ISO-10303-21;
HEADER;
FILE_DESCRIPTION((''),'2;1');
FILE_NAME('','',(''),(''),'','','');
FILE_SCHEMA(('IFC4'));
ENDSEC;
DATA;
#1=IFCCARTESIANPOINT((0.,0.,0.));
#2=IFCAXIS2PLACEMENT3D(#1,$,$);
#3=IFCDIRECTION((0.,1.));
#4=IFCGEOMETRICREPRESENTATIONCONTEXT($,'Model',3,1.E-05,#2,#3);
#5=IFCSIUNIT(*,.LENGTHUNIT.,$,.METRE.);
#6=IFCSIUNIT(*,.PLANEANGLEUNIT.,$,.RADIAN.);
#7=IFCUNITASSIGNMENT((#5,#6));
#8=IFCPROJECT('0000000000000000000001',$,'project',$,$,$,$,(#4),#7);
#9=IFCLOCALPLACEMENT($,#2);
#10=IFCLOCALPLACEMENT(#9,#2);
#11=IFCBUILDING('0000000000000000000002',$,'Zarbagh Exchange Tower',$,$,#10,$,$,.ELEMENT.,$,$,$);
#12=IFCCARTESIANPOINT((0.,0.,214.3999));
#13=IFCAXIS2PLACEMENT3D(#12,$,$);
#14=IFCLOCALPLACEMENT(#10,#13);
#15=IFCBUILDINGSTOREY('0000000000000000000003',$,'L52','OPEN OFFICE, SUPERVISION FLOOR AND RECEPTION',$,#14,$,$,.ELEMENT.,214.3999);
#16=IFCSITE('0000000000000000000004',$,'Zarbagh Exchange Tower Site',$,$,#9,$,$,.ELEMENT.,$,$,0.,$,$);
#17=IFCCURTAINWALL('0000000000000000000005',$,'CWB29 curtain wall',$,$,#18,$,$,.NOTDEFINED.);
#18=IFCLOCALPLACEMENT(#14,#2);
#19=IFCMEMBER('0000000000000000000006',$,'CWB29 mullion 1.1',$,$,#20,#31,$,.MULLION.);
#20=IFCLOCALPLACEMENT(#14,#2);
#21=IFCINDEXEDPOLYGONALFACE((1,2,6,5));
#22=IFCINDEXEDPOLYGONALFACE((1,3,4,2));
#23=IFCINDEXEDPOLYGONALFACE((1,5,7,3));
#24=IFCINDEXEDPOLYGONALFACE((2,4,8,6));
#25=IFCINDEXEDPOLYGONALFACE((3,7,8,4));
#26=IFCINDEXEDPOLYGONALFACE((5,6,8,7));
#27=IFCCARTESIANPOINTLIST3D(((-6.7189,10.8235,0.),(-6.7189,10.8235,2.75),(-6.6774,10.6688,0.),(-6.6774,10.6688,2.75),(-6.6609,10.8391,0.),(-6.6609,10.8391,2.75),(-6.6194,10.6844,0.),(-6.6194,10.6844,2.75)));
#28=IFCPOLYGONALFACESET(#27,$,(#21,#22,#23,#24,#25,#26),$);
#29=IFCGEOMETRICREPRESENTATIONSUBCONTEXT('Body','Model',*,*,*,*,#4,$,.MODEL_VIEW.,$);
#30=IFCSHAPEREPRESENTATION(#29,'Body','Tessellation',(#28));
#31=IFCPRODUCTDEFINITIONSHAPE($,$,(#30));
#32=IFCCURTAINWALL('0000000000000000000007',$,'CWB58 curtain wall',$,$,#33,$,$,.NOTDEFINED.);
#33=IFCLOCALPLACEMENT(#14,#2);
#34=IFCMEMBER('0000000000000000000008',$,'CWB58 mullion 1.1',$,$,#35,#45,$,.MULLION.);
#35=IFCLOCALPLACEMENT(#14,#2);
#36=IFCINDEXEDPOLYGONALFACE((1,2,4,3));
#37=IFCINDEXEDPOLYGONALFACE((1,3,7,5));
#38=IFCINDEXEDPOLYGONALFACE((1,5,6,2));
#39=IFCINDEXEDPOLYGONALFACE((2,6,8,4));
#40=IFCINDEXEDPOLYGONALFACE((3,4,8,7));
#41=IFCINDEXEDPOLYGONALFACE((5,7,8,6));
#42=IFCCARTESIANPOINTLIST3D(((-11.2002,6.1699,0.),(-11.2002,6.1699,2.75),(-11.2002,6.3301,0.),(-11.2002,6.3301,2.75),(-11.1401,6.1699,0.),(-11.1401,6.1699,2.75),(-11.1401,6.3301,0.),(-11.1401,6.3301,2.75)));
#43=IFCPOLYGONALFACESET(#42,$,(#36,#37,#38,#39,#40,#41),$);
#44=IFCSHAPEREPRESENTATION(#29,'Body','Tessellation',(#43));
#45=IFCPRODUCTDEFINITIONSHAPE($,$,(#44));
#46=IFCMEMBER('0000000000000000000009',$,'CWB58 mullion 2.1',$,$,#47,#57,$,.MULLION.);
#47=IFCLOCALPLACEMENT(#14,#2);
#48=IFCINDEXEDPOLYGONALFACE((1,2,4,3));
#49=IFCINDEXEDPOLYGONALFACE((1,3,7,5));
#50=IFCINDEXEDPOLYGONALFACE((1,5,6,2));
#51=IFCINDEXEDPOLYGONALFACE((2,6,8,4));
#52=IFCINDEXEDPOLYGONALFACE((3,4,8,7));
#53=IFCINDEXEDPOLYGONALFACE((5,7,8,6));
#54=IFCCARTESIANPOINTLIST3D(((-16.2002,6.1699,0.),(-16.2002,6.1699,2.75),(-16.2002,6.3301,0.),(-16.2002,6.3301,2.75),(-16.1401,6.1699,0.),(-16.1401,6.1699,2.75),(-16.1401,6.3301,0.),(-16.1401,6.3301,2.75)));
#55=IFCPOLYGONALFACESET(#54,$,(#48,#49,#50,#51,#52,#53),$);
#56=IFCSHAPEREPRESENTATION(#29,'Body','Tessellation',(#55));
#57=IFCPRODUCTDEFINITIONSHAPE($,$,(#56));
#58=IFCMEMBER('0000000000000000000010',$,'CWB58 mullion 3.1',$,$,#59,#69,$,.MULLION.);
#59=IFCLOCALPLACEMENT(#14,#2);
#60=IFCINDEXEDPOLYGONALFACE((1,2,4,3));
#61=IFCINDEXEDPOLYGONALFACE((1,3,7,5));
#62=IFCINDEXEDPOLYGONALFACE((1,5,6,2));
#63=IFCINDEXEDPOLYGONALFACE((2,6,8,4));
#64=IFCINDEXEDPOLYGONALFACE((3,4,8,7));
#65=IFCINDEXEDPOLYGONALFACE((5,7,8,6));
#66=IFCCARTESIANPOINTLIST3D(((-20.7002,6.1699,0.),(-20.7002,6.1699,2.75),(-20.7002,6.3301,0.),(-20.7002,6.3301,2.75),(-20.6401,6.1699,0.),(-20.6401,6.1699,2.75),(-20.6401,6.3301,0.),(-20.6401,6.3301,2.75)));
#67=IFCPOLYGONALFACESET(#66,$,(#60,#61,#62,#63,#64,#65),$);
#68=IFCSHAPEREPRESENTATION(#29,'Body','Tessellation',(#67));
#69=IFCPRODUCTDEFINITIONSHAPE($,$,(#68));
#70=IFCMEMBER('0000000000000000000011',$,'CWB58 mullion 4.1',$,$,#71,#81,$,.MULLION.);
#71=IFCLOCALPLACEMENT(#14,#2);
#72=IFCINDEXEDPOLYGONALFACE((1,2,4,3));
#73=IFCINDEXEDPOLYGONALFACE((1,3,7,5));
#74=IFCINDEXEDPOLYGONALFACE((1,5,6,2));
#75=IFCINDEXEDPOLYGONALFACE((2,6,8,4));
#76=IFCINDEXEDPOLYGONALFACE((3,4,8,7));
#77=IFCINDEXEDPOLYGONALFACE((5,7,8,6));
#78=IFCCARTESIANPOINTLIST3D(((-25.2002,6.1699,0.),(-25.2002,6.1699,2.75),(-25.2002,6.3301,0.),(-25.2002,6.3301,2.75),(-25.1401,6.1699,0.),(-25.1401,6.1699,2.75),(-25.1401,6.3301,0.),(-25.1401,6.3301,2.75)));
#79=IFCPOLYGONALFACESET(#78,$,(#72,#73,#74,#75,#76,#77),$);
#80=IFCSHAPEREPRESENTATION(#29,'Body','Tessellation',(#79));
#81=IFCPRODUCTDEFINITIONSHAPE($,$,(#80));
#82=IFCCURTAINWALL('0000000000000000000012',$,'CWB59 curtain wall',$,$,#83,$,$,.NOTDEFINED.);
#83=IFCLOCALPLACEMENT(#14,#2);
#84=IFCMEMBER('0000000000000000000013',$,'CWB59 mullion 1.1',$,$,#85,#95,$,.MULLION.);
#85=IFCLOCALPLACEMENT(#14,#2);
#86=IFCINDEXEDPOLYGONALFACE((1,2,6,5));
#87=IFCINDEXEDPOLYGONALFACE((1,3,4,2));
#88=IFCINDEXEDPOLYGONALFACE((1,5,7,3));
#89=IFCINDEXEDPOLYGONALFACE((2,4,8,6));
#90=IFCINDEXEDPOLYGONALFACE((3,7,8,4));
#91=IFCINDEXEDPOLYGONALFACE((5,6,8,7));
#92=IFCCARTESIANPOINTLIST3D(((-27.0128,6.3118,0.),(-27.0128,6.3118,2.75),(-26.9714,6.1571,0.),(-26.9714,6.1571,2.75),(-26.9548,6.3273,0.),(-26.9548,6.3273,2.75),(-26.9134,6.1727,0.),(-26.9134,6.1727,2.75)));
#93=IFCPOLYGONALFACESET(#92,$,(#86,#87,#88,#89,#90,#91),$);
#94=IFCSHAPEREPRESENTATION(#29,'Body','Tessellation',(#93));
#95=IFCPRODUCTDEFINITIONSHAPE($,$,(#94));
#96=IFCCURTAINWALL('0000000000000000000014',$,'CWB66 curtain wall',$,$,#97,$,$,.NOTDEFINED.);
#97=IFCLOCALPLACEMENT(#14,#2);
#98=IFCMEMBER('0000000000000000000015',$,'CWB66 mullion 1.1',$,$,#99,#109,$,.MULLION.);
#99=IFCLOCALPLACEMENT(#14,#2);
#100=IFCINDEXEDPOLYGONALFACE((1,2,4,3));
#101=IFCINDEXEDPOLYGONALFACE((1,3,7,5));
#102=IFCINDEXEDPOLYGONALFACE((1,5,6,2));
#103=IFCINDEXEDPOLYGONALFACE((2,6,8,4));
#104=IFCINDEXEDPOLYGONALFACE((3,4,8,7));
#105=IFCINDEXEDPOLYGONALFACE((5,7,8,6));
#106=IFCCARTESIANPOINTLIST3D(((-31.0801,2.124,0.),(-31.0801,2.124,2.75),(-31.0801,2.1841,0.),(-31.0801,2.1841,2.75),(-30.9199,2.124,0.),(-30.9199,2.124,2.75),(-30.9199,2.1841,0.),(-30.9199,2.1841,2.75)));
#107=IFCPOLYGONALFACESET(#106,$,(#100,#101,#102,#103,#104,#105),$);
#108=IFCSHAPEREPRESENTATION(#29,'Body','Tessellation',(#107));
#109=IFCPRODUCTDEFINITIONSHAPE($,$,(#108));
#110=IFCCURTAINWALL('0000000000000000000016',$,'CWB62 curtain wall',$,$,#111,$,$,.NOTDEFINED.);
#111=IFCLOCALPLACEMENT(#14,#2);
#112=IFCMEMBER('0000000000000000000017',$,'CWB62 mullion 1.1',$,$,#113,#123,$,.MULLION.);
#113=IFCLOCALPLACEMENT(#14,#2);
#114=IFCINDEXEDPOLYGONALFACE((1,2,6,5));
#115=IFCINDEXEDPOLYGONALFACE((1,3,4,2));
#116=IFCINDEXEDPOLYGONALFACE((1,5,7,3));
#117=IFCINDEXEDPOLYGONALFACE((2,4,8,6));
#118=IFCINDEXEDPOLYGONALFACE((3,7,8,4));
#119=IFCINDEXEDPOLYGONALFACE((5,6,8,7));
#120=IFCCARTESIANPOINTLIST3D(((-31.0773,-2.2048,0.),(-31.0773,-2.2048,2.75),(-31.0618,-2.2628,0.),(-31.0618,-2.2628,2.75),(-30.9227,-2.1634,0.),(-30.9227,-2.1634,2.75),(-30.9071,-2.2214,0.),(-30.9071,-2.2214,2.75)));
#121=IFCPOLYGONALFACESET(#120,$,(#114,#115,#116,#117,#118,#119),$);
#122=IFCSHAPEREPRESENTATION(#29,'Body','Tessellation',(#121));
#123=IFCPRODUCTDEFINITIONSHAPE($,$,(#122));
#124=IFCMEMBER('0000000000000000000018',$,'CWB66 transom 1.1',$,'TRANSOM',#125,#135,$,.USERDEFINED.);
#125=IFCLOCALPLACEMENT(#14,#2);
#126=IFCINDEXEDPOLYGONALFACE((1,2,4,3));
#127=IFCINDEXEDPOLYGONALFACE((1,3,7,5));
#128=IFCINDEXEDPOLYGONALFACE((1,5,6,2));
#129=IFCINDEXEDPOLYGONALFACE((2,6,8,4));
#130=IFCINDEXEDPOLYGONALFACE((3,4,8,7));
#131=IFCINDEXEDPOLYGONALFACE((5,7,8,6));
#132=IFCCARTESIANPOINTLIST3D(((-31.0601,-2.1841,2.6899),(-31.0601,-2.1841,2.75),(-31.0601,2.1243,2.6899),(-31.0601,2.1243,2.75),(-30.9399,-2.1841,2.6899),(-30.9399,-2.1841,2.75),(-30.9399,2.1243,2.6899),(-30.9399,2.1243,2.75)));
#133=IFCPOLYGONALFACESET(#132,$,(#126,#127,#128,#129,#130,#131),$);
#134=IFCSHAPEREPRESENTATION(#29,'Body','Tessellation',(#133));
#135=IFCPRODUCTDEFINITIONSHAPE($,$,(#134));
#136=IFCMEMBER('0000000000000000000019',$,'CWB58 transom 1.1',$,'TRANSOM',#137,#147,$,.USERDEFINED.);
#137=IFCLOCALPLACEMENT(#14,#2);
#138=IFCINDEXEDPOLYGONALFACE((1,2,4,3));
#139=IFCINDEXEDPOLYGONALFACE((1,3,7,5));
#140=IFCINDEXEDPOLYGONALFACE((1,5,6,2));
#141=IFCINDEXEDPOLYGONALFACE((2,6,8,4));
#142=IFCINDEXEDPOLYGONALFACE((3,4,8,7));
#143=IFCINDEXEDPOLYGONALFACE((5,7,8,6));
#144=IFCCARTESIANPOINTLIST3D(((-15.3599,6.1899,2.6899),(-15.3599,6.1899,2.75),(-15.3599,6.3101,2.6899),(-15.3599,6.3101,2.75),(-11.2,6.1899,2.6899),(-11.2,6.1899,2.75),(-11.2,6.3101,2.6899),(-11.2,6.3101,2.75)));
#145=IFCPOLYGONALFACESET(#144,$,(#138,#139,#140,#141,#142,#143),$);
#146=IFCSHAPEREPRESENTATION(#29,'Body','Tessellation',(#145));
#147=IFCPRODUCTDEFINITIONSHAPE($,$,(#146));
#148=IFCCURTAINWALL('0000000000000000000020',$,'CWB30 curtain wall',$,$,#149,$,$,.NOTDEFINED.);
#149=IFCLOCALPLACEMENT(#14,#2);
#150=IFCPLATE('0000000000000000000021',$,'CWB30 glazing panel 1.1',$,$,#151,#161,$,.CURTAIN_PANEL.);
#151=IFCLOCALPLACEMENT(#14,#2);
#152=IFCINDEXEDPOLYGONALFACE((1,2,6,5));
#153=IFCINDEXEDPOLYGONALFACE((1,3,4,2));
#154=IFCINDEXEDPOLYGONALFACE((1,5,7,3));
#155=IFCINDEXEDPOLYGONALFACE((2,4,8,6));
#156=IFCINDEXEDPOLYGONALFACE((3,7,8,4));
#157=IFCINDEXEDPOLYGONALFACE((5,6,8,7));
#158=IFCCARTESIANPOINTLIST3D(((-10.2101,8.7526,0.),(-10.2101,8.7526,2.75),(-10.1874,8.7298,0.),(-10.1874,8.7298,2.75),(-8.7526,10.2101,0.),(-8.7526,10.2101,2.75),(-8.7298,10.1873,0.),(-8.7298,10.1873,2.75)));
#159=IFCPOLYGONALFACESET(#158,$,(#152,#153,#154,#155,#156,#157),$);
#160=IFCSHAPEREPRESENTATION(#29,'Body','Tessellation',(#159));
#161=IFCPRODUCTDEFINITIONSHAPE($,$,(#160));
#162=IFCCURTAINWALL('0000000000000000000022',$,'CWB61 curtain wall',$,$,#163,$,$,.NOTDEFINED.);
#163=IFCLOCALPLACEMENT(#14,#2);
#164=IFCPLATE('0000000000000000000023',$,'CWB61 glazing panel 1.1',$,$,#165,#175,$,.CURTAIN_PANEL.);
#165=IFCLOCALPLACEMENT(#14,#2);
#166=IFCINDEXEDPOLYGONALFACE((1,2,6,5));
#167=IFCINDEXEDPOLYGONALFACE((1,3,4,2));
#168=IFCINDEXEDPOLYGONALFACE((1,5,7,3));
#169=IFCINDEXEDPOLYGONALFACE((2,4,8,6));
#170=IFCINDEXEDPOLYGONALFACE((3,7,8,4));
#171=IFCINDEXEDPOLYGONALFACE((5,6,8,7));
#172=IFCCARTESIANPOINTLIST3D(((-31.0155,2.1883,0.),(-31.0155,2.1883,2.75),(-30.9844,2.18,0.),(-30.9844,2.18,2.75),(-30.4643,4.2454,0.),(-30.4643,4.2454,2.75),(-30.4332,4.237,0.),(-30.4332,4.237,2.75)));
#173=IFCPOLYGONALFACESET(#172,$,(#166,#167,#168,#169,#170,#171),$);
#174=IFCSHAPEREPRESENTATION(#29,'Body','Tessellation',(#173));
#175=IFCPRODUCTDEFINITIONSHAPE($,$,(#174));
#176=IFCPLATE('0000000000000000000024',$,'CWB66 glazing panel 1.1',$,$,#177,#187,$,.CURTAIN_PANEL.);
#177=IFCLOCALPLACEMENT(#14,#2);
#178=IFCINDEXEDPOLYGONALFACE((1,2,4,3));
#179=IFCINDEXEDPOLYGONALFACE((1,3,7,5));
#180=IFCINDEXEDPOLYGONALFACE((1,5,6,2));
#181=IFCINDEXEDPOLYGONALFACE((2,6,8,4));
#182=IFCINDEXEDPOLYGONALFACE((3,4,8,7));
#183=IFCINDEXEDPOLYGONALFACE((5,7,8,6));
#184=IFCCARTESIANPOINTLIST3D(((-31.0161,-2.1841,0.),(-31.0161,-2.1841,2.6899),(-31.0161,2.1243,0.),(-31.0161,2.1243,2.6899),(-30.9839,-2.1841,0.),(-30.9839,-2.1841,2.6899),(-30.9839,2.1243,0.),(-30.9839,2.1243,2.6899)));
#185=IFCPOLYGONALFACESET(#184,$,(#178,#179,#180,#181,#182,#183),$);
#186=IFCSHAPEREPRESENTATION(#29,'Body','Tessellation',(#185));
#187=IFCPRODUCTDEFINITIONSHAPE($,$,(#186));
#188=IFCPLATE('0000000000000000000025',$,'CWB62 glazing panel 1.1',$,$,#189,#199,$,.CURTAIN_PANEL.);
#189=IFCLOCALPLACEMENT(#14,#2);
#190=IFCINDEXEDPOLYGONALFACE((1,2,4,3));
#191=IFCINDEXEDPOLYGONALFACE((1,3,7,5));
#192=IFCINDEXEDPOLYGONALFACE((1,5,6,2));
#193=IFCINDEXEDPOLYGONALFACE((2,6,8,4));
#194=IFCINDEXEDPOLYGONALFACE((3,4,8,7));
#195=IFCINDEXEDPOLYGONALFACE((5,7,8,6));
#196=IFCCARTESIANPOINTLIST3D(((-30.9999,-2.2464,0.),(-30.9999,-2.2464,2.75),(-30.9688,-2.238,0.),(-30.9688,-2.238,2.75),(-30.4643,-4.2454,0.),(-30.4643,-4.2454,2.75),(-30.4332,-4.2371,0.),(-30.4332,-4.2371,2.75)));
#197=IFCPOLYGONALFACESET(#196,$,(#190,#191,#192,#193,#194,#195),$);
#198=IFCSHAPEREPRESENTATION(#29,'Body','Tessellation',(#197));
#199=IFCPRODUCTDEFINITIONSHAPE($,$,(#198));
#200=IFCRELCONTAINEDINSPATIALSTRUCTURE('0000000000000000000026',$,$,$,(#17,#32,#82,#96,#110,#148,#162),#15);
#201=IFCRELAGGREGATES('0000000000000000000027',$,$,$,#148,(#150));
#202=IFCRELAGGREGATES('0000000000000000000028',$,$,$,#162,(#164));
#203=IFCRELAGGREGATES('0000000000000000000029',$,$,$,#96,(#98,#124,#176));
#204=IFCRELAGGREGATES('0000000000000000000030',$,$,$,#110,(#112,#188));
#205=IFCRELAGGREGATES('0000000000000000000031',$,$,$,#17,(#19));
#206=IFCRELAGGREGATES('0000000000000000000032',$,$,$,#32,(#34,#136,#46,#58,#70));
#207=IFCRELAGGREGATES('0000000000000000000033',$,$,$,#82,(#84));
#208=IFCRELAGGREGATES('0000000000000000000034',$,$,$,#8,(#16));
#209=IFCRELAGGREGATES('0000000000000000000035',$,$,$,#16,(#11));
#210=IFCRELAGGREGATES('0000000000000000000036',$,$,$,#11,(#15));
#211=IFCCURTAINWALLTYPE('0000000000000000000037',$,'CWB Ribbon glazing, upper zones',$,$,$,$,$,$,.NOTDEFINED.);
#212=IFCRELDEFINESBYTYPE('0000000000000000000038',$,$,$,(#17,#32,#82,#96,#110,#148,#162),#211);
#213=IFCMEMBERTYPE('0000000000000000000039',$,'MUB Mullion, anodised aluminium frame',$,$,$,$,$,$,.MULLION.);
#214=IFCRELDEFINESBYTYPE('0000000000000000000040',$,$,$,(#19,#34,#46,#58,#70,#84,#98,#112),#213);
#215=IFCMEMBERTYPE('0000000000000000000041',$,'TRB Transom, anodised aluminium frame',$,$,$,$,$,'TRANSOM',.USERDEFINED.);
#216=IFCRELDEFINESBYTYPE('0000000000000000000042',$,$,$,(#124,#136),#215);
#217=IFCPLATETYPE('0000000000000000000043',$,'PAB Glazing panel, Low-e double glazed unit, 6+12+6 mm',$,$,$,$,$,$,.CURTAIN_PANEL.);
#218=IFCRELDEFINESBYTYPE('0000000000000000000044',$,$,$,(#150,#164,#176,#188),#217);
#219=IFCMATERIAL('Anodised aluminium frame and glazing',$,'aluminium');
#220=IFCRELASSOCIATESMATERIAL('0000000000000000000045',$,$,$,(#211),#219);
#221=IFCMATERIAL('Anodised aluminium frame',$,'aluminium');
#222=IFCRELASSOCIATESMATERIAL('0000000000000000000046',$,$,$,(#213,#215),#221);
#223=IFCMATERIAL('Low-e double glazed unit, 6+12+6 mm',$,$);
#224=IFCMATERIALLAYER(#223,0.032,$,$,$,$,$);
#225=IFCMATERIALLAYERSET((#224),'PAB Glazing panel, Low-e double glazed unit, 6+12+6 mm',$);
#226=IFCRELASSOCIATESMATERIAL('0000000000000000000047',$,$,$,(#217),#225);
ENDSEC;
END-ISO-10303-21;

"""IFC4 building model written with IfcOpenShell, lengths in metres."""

from ifc_helpers import new_model, si_unit, direction, frame, origin, place, context, subcontext, project, spatial, polyline, outline, extrude, source, transform, mapped, material, layer, layer_set, type_object, element, aggregate, save


model = new_model("IFC4")

# Units and contexts
model_context = context("Model", 3, precision=1e-05, world=origin(), true_north=direction((0.0, 1.0)))
body_context = subcontext(model_context, "Body", "Model", "MODEL_VIEW")
ifc_project = project(units=[si_unit("LENGTHUNIT", "METRE"), si_unit("PLANEANGLEUNIT", "RADIAN")], contexts=[model_context])

# Site, building, storey
site_placement = place(None, origin())
site = spatial("IfcSite", under=ifc_project, at=site_placement, Name="Zarbagh Exchange Tower Site", CompositionType="ELEMENT", RefElevation=0.0)
building_placement = place(site_placement, origin())
building = spatial("IfcBuilding", under=site, at=building_placement, Name="Zarbagh Exchange Tower", CompositionType="ELEMENT")
storey_placement = place(building_placement, frame((0.0, 0.0, 214.3999)))
storey = spatial("IfcBuildingStorey", under=building, at=storey_placement, Name="L52", Description="OPEN OFFICE, SUPERVISION FLOOR AND RECEPTION", CompositionType="ELEMENT", Elevation=214.3999)

# Curtain wall, member
ifc_material_1 = material(Name="Anodised aluminium frame and glazing", Category="aluminium")
curtain_wall_type = type_object("IfcCurtainWallType", Name="CWB Ribbon glazing, upper zones", PredefinedType="NOTDEFINED", material=ifc_material_1)
curtain_wall_1_placement = place(storey_placement, origin())
curtain_wall_1 = element("IfcCurtainWall", 1, at=curtain_wall_1_placement, inside=storey, type_object=curtain_wall_type, Name="CWB29 curtain wall", PredefinedType="NOTDEFINED")
ifc_material_2 = material(Name="Anodised aluminium frame", Category="aluminium")
member_type_1 = type_object("IfcMemberType", Name="MUB Mullion, anodised aluminium frame", PredefinedType="MULLION", material=ifc_material_2)
shared_shape_1 = source(origin(), body_context, "Body", "SweptSolid", [
    extrude(outline(polyline([(0.0, -0.0801), (0.0601, -0.0801), (0.0601, 0.0801), (0.0, 0.0801), (0.0, -0.0801)])), origin(), (0.0, 0.0, 1.0), 2.75),
])
placement = place(storey_placement, origin())
member_1 = element("IfcMember", 2, at=placement, type_object=member_type_1, Name="CWB29 mullion 1.1", PredefinedType="MULLION", context=body_context, shape_type="MappedRepresentation", body=[
    mapped(shared_shape_1, transform((-6.6401, 10.7617, 0.0), x_axis=(-0.965924, -0.258825, 0.0), y_axis=(0.258825, -0.965924, 0.0), z_axis=(0.0, 0.0, 1.0))),
])

# Curtain wall, members
curtain_wall_2_placement = place(storey_placement, origin())
curtain_wall_2 = element("IfcCurtainWall", 3, at=curtain_wall_2_placement, inside=storey, type_object=curtain_wall_type, Name="CWB58 curtain wall", PredefinedType="NOTDEFINED")
member_2 = element("IfcMember", 4, at=placement, type_object=member_type_1, Name="CWB58 mullion 1.1", PredefinedType="MULLION", context=body_context, shape_type="MappedRepresentation", body=[
    mapped(shared_shape_1, transform((-11.1401, 6.25, 0.0), x_axis=(-1.0, 0.0, 0.0), y_axis=(0.0, -1.0, 0.0), z_axis=(0.0, 0.0, 1.0))),
])
member_3 = element("IfcMember", 5, at=placement, type_object=member_type_1, Name="CWB58 mullion 2.1", PredefinedType="MULLION", context=body_context, shape_type="MappedRepresentation", body=[
    mapped(shared_shape_1, transform((-16.1401, 6.25, 0.0), x_axis=(-1.0, 0.0, 0.0), y_axis=(0.0, -1.0, 0.0), z_axis=(0.0, 0.0, 1.0))),
])
member_4 = element("IfcMember", 6, at=placement, type_object=member_type_1, Name="CWB58 mullion 3.1", PredefinedType="MULLION", context=body_context, shape_type="MappedRepresentation", body=[
    mapped(shared_shape_1, transform((-20.6401, 6.25, 0.0), x_axis=(-1.0, 0.0, 0.0), y_axis=(0.0, -1.0, 0.0), z_axis=(0.0, 0.0, 1.0))),
])
member_5 = element("IfcMember", 7, at=placement, type_object=member_type_1, Name="CWB58 mullion 4.1", PredefinedType="MULLION", context=body_context, shape_type="MappedRepresentation", body=[
    mapped(shared_shape_1, transform((-25.1401, 6.25, 0.0), x_axis=(-1.0, 0.0, 0.0), y_axis=(0.0, -1.0, 0.0), z_axis=(0.0, 0.0, 1.0))),
])

# Curtain walls, members
curtain_wall_3_placement = place(storey_placement, origin())
curtain_wall_3 = element("IfcCurtainWall", 8, at=curtain_wall_3_placement, inside=storey, type_object=curtain_wall_type, Name="CWB59 curtain wall", PredefinedType="NOTDEFINED")
member_6 = element("IfcMember", 9, at=placement, type_object=member_type_1, Name="CWB59 mullion 1.1", PredefinedType="MULLION", context=body_context, shape_type="MappedRepresentation", body=[
    mapped(shared_shape_1, transform((-26.9341, 6.25, 0.0), x_axis=(-0.965924, -0.258825, 0.0), y_axis=(0.258825, -0.965924, 0.0), z_axis=(0.0, 0.0, 1.0))),
])
curtain_wall_4_placement = place(storey_placement, origin())
curtain_wall_4 = element("IfcCurtainWall", 10, at=curtain_wall_4_placement, inside=storey, type_object=curtain_wall_type, Name="CWB66 curtain wall", PredefinedType="NOTDEFINED")
member_7 = element("IfcMember", 11, at=placement, type_object=member_type_1, Name="CWB66 mullion 1.1", PredefinedType="MULLION", context=body_context, shape_type="MappedRepresentation", body=[
    mapped(shared_shape_1, transform((-31.0, 2.1841, 0.0), x_axis=(0.0, -1.0, 0.0), y_axis=(1.0, 0.0, 0.0), z_axis=(0.0, 0.0, 1.0))),
])
curtain_wall_5_placement = place(storey_placement, origin())
curtain_wall_5 = element("IfcCurtainWall", 12, at=curtain_wall_5_placement, inside=storey, type_object=curtain_wall_type, Name="CWB62 curtain wall", PredefinedType="NOTDEFINED")
member_8 = element("IfcMember", 13, at=placement, type_object=member_type_1, Name="CWB62 mullion 1.1", PredefinedType="MULLION", context=body_context, shape_type="MappedRepresentation", body=[
    mapped(shared_shape_1, transform((-31.0, -2.1841, 0.0), x_axis=(0.258825, -0.965924, 0.0), y_axis=(0.965924, 0.258825, 0.0), z_axis=(0.0, 0.0, 1.0))),
])

# Members
member_type_2 = type_object("IfcMemberType", Name="TRB Transom, anodised aluminium frame", ElementType="TRANSOM", PredefinedType="USERDEFINED", material=ifc_material_2)
shared_shape_2 = source(origin(), body_context, "Body", "SweptSolid", [
    extrude(outline(polyline([(-0.0601, -0.0601), (0.0, -0.0601), (0.0, 0.0601), (-0.0601, 0.0601), (-0.0601, -0.0601)])), origin(), (0.0, 0.0, 1.0), 4.3083),
])
member_9 = element("IfcMember", 14, at=placement, type_object=member_type_2, Name="CWB66 transom 1.1", ObjectType="TRANSOM", PredefinedType="USERDEFINED", context=body_context, shape_type="MappedRepresentation", body=[
    mapped(shared_shape_2, transform((-31.0, 2.1243, 2.75), x_axis=(0.0, 0.0, 1.0), y_axis=(-1.0, 0.0, 0.0), z_axis=(0.0, -1.0, 0.0))),
])
shared_shape_3 = source(origin(), body_context, "Body", "SweptSolid", [
    extrude(outline(polyline([(-0.0601, -0.0601), (0.0, -0.0601), (0.0, 0.0601), (-0.0601, 0.0601), (-0.0601, -0.0601)])), origin(), (0.0, 0.0, 1.0), 4.1599),
])
member_10 = element("IfcMember", 15, at=placement, type_object=member_type_2, Name="CWB58 transom 1.1", ObjectType="TRANSOM", PredefinedType="USERDEFINED", context=body_context, shape_type="MappedRepresentation", body=[
    mapped(shared_shape_3, transform((-11.2, 6.25, 2.75), x_axis=(0.0, 0.0, 1.0), y_axis=(0.0, 1.0, 0.0), z_axis=(-1.0, 0.0, 0.0))),
])

# Curtain walls, plates
curtain_wall_6_placement = place(storey_placement, origin())
curtain_wall_6 = element("IfcCurtainWall", 16, at=curtain_wall_6_placement, inside=storey, type_object=curtain_wall_type, Name="CWB30 curtain wall", PredefinedType="NOTDEFINED")
ifc_material_3 = material(Name="Low-e double glazed unit, 6+12+6 mm")
ifc_layer = layer(ifc_material_3, 0.032)
ifc_layer_set = layer_set([ifc_layer], Name="PAB Glazing panel, Low-e double glazed unit, 6+12+6 mm")
plate_type = type_object("IfcPlateType", Name="PAB Glazing panel, Low-e double glazed unit, 6+12+6 mm", PredefinedType="CURTAIN_PANEL", material=ifc_layer_set)
shared_shape_4 = source(origin(), body_context, "Body", "SweptSolid", [
    extrude(outline(polyline([(0.0, -0.0161), (2.0613, -0.0161), (2.0613, 0.0161), (0.0, 0.0161), (0.0, -0.0161)])), origin(), (0.0, 0.0, 1.0), 2.75),
])
plate_1 = element("IfcPlate", 17, at=placement, type_object=plate_type, Name="CWB30 glazing panel 1.1", PredefinedType="CURTAIN_PANEL", context=body_context, shape_type="MappedRepresentation", body=[
    mapped(shared_shape_4, transform((-8.7412, 10.1987, 0.0), x_axis=(-0.707107, -0.707107, 0.0), y_axis=(0.707107, -0.707107, 0.0), z_axis=(0.0, 0.0, 1.0))),
])
aggregate(curtain_wall_6, [plate_1])
curtain_wall_7_placement = place(storey_placement, origin())
curtain_wall_7 = element("IfcCurtainWall", 18, at=curtain_wall_7_placement, inside=storey, type_object=curtain_wall_type, Name="CWB61 curtain wall", PredefinedType="NOTDEFINED")
shared_shape_5 = source(origin(), body_context, "Body", "SweptSolid", [
    extrude(outline(polyline([(0.0, -0.0161), (2.1296, -0.0161), (2.1296, 0.0161), (0.0, 0.0161), (0.0, -0.0161)])), origin(), (0.0, 0.0, 1.0), 2.75),
])
plate_2 = element("IfcPlate", 19, at=placement, type_object=plate_type, Name="CWB61 glazing panel 1.1", PredefinedType="CURTAIN_PANEL", context=body_context, shape_type="MappedRepresentation", body=[
    mapped(shared_shape_5, transform((-30.4487, 4.2412, 0.0), x_axis=(-0.258825, -0.965924, 0.0), y_axis=(0.965924, -0.258825, 0.0), z_axis=(0.0, 0.0, 1.0))),
])
aggregate(curtain_wall_7, [plate_2])

# Plates
shared_shape_6 = source(origin(), body_context, "Body", "SweptSolid", [
    extrude(outline(polyline([(0.0, -0.0161), (4.3083, -0.0161), (4.3083, 0.0161), (0.0, 0.0161), (0.0, -0.0161)])), origin(), (0.0, 0.0, 1.0), 2.6899),
])
plate_3 = element("IfcPlate", 20, at=placement, type_object=plate_type, Name="CWB66 glazing panel 1.1", PredefinedType="CURTAIN_PANEL", context=body_context, shape_type="MappedRepresentation", body=[
    mapped(shared_shape_6, transform((-31.0, 2.1243, 0.0), x_axis=(0.0, -1.0, 0.0), y_axis=(1.0, 0.0, 0.0), z_axis=(0.0, 0.0, 1.0))),
])
aggregate(curtain_wall_4, [member_7, member_9, plate_3])
shared_shape_7 = source(origin(), body_context, "Body", "SweptSolid", [
    extrude(outline(polyline([(0.0, -0.0161), (2.0696, -0.0161), (2.0696, 0.0161), (0.0, 0.0161), (0.0, -0.0161)])), origin(), (0.0, 0.0, 1.0), 2.75),
])
plate_4 = element("IfcPlate", 21, at=placement, type_object=plate_type, Name="CWB62 glazing panel 1.1", PredefinedType="CURTAIN_PANEL", context=body_context, shape_type="MappedRepresentation", body=[
    mapped(shared_shape_7, transform((-30.9844, -2.2422, 0.0), x_axis=(0.258825, -0.965924, 0.0), y_axis=(0.965924, 0.258825, 0.0), z_axis=(0.0, 0.0, 1.0))),
])
aggregate(curtain_wall_5, [member_8, plate_4])
aggregate(curtain_wall_1, [member_1])

aggregate(curtain_wall_2, [member_2, member_10, member_3, member_4, member_5])
aggregate(curtain_wall_3, [member_6])

save(model, "model.ifc")
